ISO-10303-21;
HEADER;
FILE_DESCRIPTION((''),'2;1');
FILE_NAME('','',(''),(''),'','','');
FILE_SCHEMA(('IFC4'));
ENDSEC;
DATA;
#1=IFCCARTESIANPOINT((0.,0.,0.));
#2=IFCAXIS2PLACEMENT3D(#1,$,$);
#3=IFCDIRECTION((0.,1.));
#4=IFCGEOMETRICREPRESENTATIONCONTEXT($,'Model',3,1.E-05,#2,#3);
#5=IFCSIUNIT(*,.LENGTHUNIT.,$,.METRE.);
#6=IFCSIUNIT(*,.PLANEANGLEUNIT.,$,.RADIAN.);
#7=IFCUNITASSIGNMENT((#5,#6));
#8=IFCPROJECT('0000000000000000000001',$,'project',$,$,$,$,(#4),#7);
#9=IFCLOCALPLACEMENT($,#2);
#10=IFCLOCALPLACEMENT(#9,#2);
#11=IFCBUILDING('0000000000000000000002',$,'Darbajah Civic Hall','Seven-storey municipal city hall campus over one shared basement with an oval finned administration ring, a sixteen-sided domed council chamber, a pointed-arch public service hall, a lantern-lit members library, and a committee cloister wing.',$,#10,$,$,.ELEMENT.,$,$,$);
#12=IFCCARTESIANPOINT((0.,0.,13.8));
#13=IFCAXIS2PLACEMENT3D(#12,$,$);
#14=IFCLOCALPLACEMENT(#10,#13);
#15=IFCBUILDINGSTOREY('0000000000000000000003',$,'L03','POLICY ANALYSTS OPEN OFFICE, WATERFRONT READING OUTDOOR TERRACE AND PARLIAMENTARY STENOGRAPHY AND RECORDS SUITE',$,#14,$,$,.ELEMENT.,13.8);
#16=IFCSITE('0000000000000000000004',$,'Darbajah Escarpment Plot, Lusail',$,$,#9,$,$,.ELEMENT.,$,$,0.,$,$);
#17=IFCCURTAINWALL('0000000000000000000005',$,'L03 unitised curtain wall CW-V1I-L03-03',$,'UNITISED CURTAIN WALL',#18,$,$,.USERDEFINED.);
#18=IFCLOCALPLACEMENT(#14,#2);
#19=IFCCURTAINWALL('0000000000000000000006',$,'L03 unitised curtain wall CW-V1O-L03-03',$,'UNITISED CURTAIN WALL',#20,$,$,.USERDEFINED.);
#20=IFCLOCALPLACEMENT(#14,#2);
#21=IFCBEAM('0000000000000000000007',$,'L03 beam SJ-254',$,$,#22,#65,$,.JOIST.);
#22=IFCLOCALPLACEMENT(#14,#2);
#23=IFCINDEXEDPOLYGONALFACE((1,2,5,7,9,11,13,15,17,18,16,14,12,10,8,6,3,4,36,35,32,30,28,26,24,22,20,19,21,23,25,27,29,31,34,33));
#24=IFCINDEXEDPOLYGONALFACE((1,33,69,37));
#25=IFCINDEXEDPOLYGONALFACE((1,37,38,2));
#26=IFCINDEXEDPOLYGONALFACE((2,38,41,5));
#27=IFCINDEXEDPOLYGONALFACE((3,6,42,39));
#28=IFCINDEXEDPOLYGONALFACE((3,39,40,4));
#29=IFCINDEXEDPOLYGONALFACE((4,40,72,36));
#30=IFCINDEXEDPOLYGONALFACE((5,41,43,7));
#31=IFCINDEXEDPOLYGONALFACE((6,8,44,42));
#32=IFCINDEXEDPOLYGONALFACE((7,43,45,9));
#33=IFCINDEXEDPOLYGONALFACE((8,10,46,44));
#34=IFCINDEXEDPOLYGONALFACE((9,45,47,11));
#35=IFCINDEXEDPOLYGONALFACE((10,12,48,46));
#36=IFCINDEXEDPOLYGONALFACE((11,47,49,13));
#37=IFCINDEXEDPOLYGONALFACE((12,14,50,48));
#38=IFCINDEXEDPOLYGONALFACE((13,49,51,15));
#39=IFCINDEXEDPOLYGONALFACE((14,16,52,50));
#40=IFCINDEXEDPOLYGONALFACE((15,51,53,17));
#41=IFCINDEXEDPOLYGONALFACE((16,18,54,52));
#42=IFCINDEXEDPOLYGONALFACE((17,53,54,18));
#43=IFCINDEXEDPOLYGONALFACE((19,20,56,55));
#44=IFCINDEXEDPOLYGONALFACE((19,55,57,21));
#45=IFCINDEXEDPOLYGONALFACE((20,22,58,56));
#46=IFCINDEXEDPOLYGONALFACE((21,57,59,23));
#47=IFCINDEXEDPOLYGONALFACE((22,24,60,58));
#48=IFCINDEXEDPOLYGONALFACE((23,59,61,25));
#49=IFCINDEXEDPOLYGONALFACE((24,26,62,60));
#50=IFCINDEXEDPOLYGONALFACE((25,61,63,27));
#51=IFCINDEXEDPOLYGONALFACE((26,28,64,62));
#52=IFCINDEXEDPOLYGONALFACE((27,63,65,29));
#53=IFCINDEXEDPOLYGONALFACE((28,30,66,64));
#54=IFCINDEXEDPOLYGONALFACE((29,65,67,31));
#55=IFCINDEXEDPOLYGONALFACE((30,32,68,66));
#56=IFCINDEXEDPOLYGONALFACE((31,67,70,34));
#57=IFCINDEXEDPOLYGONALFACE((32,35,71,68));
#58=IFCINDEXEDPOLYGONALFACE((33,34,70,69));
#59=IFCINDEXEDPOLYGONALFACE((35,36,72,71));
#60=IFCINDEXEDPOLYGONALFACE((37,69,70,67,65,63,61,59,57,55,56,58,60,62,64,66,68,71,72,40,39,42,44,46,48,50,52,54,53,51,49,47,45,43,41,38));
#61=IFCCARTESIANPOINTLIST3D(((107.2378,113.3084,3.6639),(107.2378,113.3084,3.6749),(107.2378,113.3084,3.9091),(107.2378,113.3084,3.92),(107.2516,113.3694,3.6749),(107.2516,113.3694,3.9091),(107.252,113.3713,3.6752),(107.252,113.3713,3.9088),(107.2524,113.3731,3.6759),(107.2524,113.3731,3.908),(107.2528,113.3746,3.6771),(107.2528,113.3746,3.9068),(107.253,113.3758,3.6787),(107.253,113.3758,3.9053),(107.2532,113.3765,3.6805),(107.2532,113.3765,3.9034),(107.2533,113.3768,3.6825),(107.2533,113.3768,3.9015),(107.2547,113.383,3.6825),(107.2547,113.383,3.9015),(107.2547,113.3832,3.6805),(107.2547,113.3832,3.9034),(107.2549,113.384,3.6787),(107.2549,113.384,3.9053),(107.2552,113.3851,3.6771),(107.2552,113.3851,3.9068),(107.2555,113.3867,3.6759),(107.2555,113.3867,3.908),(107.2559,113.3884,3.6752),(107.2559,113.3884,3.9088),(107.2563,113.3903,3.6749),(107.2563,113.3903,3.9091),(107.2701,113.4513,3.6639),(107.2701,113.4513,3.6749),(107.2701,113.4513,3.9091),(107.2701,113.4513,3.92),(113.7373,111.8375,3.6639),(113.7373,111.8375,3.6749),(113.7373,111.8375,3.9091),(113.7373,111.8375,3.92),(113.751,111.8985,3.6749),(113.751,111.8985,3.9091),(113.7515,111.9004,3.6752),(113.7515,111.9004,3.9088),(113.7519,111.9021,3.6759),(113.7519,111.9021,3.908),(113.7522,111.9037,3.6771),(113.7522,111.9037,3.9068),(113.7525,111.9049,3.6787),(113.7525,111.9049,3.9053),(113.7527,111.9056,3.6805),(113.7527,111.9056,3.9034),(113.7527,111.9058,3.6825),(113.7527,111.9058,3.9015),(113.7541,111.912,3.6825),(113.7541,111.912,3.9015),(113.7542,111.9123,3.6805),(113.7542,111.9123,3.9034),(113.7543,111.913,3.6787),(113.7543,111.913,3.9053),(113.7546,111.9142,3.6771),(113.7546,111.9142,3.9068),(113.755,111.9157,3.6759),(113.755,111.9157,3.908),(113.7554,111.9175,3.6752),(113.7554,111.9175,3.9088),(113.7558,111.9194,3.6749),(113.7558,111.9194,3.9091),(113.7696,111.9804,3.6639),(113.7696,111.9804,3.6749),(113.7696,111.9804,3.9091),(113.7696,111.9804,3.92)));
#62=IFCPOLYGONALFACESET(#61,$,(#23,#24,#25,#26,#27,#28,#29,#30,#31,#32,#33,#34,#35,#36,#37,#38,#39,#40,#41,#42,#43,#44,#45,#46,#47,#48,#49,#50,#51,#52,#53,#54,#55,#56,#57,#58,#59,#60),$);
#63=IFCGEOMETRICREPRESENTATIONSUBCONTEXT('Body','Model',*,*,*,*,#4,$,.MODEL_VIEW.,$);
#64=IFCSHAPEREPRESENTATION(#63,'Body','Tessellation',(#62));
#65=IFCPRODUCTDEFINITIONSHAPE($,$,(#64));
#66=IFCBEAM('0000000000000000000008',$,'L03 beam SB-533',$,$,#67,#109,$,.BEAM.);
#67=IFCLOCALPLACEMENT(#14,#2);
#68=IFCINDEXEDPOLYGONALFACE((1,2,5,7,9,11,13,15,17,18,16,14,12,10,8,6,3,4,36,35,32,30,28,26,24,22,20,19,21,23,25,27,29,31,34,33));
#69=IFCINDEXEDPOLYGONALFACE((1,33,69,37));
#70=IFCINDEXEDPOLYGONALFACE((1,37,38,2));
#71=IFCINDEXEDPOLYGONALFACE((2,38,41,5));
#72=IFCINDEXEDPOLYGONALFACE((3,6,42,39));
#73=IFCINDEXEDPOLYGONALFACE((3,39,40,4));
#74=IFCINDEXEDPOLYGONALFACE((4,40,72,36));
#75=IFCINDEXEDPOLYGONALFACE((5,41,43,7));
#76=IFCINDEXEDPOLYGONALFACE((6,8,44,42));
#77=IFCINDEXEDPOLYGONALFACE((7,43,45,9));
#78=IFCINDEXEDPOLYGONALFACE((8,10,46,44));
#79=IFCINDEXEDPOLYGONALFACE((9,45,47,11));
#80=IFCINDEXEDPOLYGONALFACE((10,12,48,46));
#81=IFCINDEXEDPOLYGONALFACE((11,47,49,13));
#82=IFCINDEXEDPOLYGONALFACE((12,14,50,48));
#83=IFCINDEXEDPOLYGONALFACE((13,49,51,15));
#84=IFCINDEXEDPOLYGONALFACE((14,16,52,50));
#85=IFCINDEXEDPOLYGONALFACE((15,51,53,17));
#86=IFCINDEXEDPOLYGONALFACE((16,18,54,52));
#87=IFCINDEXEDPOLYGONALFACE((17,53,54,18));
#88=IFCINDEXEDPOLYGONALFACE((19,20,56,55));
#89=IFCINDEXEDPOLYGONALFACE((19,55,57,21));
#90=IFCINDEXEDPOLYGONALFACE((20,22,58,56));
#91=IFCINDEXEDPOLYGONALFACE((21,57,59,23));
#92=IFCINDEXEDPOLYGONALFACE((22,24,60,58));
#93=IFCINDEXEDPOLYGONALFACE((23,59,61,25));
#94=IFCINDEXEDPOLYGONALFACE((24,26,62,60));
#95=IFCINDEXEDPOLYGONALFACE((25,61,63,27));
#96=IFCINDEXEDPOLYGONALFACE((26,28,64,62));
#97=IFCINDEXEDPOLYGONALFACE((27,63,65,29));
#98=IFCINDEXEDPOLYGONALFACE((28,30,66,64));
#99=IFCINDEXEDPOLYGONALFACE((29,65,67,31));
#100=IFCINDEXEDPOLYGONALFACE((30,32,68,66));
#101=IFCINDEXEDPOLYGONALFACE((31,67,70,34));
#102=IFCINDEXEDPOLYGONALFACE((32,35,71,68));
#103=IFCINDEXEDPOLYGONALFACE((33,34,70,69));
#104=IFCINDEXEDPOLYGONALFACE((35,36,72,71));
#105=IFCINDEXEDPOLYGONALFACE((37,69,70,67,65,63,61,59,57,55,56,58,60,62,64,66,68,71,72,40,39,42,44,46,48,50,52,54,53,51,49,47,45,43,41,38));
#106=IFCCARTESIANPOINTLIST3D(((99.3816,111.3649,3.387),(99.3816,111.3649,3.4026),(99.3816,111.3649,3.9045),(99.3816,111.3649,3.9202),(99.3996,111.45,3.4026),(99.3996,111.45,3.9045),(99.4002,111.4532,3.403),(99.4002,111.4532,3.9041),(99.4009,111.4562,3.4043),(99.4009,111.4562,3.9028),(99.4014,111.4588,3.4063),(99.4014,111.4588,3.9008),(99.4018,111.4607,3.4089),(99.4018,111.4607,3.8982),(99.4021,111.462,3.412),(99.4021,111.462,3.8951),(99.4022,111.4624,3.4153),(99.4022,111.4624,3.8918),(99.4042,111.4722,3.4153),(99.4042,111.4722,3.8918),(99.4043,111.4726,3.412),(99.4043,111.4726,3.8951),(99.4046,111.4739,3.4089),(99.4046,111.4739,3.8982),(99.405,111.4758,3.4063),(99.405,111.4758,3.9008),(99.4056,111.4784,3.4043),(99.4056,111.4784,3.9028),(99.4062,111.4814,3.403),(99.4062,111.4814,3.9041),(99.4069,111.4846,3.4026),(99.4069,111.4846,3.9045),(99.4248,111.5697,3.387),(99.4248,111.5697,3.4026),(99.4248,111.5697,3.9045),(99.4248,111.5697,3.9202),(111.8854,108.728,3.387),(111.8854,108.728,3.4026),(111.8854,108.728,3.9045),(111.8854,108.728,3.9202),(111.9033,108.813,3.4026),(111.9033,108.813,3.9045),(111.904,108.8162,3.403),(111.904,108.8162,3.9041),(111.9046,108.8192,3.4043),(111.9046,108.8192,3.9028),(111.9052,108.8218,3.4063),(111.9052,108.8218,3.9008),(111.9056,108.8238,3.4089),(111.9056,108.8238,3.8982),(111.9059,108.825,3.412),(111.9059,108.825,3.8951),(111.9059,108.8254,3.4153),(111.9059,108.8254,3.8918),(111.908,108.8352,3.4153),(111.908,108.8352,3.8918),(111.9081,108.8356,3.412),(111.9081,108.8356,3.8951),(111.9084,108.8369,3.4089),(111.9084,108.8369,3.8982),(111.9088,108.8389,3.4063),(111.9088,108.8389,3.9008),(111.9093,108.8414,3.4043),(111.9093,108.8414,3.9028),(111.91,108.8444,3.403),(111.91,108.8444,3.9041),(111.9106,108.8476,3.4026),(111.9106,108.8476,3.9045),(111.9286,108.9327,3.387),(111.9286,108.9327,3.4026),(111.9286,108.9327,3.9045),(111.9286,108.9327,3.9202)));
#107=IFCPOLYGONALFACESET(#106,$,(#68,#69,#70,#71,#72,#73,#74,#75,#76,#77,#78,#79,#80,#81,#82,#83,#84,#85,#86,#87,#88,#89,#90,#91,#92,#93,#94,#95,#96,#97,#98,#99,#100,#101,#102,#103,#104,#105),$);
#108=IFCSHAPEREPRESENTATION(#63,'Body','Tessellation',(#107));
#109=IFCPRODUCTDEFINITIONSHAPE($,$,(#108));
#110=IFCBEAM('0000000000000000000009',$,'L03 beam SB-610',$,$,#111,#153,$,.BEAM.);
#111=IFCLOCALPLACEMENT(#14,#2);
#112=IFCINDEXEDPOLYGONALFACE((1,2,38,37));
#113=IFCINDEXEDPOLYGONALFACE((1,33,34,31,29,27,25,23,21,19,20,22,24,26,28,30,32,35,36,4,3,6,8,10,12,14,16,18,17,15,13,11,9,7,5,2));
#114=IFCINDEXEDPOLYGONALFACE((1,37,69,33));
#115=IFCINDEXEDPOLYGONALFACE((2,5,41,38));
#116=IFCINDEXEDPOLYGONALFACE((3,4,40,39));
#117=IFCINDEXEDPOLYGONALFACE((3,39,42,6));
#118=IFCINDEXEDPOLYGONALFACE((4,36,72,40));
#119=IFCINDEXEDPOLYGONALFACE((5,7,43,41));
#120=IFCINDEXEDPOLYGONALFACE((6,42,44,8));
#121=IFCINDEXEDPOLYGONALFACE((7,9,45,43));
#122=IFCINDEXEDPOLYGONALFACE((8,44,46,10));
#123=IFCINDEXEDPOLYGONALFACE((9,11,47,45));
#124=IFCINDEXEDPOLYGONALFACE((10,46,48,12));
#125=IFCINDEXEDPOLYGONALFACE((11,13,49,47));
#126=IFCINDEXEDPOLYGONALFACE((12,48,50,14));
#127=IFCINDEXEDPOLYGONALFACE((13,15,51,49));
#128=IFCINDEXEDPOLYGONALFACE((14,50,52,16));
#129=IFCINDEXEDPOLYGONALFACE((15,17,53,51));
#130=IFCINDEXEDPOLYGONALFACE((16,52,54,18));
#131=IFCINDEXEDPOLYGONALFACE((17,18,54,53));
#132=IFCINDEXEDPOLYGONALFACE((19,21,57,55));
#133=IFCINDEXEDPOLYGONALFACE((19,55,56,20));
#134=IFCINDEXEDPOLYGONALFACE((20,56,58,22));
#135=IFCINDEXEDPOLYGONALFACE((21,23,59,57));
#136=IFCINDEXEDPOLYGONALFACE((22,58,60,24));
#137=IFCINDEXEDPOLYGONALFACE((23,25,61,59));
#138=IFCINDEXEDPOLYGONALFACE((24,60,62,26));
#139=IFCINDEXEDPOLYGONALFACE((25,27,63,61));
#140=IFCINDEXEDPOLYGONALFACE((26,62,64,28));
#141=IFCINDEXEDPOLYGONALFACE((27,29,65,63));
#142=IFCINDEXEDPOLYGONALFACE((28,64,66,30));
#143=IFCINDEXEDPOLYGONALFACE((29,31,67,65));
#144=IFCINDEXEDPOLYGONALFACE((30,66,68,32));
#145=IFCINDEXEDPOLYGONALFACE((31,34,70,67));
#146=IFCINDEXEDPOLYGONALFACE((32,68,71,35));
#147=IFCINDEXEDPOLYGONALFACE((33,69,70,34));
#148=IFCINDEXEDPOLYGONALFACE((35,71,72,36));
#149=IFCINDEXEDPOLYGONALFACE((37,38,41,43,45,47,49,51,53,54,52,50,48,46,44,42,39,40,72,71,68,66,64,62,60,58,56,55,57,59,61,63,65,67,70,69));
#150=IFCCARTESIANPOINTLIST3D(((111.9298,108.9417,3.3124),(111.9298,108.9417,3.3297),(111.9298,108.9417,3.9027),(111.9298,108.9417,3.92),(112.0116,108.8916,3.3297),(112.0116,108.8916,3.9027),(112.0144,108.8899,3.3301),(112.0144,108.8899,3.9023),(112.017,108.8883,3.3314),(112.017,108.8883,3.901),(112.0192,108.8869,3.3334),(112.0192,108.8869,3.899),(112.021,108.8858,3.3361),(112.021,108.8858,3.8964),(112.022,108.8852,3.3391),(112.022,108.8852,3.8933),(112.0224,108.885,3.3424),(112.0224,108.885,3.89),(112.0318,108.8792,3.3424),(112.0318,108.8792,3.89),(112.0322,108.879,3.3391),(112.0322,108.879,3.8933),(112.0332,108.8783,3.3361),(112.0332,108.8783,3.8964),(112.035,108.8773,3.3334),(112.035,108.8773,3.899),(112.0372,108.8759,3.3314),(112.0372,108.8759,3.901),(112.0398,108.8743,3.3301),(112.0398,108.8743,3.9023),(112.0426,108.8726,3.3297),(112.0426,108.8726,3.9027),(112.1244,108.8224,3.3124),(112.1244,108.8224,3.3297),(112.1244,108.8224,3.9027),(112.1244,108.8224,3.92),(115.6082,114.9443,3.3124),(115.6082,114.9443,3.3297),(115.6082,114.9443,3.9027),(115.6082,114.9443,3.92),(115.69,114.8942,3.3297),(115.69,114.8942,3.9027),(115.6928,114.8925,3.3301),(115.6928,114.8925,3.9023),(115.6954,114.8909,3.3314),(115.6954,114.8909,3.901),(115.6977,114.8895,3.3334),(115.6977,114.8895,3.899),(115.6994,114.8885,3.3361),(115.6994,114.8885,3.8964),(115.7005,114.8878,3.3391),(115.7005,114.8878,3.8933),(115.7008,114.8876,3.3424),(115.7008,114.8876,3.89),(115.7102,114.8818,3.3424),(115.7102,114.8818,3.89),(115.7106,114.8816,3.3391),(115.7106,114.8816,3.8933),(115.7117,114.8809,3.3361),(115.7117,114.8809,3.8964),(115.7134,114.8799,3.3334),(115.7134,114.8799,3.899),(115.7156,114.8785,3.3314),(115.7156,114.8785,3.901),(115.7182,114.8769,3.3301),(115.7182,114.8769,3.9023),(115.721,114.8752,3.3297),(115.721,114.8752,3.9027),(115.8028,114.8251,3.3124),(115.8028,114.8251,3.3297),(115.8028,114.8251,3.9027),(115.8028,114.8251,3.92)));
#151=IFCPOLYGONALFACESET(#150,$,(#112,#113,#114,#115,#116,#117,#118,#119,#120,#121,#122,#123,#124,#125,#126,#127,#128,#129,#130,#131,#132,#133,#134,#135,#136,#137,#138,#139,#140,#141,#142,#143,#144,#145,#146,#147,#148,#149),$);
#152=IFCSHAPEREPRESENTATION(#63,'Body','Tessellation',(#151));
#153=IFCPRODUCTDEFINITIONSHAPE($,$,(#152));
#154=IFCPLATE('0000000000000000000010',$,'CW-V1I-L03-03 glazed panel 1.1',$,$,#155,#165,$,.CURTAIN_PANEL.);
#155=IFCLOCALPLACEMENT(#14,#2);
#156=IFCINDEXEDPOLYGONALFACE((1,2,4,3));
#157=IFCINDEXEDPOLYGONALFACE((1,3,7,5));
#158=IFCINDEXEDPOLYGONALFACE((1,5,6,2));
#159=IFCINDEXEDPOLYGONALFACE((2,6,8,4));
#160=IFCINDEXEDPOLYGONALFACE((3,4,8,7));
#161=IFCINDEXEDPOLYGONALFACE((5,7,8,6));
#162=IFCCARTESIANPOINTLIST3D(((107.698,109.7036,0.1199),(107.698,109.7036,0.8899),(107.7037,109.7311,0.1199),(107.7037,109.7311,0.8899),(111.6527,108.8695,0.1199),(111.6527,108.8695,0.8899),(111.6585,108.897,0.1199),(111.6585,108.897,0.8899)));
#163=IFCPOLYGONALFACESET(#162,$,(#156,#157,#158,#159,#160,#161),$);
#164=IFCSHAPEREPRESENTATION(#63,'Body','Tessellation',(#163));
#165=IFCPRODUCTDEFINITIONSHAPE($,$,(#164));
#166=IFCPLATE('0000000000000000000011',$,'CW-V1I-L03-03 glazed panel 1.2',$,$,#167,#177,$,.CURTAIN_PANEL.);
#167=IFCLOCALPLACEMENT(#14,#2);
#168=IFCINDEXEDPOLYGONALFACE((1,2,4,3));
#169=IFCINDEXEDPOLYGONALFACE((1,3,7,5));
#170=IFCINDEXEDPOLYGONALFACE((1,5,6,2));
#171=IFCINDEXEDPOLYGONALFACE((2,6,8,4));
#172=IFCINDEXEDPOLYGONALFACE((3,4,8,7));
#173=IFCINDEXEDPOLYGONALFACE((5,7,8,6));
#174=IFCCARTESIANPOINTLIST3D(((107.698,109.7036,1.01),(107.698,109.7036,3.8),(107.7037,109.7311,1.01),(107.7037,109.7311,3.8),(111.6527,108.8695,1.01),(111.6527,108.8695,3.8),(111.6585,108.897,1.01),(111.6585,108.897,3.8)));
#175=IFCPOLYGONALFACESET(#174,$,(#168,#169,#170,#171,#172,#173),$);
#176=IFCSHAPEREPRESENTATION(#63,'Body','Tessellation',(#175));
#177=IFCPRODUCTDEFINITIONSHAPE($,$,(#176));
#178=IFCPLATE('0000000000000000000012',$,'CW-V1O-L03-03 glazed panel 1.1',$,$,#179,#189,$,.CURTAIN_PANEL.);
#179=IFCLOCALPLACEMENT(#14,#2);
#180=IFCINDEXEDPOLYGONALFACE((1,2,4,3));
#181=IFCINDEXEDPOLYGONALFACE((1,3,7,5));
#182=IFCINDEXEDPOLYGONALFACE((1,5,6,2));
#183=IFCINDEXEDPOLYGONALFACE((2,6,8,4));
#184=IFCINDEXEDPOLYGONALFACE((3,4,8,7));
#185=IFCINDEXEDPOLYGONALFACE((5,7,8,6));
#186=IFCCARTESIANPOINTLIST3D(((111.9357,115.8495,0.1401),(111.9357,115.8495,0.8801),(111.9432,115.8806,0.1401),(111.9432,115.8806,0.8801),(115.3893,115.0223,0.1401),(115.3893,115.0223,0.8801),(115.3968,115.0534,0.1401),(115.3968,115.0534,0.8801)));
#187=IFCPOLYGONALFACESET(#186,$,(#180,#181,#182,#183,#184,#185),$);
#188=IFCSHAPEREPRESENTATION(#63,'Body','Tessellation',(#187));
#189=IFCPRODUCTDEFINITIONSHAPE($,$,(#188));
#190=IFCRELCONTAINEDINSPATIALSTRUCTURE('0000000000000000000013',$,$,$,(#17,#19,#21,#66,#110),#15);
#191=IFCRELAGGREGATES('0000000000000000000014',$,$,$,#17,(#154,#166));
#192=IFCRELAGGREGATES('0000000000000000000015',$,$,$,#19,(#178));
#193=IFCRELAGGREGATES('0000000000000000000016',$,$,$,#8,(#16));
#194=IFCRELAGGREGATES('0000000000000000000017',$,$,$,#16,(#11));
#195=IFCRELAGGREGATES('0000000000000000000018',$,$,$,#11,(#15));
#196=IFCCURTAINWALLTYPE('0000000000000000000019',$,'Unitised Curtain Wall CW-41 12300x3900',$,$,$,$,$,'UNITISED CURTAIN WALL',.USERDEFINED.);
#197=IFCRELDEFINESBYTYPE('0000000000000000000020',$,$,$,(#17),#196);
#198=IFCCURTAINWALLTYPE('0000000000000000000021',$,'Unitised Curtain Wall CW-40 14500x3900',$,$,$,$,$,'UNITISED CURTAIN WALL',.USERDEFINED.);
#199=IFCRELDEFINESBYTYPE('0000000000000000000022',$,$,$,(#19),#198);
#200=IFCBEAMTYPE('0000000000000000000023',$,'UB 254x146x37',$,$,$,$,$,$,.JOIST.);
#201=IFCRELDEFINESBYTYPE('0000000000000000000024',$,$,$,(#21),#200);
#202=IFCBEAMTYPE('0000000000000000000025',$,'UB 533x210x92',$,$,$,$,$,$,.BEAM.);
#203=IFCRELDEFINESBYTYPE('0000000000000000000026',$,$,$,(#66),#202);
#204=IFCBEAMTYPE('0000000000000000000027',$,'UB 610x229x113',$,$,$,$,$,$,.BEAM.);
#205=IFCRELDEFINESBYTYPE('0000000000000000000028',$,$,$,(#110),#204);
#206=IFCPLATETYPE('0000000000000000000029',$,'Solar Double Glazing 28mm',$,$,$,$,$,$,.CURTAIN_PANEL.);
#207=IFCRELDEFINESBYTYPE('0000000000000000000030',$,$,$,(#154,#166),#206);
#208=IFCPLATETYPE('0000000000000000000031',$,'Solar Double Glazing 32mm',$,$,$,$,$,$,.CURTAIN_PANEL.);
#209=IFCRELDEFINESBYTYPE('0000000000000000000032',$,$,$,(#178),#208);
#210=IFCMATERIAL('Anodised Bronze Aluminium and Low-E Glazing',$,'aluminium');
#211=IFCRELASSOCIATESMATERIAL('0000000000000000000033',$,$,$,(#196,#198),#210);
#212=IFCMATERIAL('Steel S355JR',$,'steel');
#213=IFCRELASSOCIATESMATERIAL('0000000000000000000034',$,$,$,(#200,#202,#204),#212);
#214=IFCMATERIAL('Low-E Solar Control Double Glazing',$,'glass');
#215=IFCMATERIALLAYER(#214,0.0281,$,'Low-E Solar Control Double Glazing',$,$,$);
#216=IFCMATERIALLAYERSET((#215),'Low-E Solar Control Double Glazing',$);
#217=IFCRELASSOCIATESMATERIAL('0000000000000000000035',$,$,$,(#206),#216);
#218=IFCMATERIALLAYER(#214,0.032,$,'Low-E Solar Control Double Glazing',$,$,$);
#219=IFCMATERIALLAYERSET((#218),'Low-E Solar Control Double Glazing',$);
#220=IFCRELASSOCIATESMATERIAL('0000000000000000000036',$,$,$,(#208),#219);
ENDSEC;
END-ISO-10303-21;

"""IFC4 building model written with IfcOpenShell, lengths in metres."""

from ifc_helpers import new_model, si_unit, direction, frame, origin, origin_2d, place, context, subcontext, project, spatial, rectangle, i_section, extrude, material, layer, layer_set, material_profile, profile_set, type_object, element, aggregate, save


model = new_model("IFC4")

# Units and contexts
model_context = context("Model", 3, precision=1e-05, world=origin(), true_north=direction((0.0, 1.0)))
body_context = subcontext(model_context, "Body", "Model", "MODEL_VIEW")
ifc_project = project(units=[si_unit("LENGTHUNIT", "METRE"), si_unit("PLANEANGLEUNIT", "RADIAN")], contexts=[model_context])

# Site, building, storey
site_placement = place(None, origin())
site = spatial("IfcSite", under=ifc_project, at=site_placement, Name="Darbajah Escarpment Plot, Lusail", CompositionType="ELEMENT", RefElevation=0.0)
building_placement = place(site_placement, origin())
building = spatial("IfcBuilding", under=site, at=building_placement, Name="Darbajah Civic Hall", Description="Seven-storey municipal city hall campus over one shared basement with an oval finned administration ring, a sixteen-sided domed council chamber, a pointed-arch public service hall, a lantern-lit members library, and a committee cloister wing.", CompositionType="ELEMENT")
storey_placement = place(building_placement, frame((0.0, 0.0, 13.8)))
storey = spatial("IfcBuildingStorey", under=building, at=storey_placement, Name="L03", Description="POLICY ANALYSTS OPEN OFFICE, WATERFRONT READING OUTDOOR TERRACE AND PARLIAMENTARY STENOGRAPHY AND RECORDS SUITE", CompositionType="ELEMENT", Elevation=13.8)

# Curtain walls
ifc_material_1 = material(Name="Anodised Bronze Aluminium and Low-E Glazing", Category="aluminium")
curtain_wall_type_1 = type_object("IfcCurtainWallType", Name="Unitised Curtain Wall CW-41 12300x3900", ElementType="UNITISED CURTAIN WALL", PredefinedType="USERDEFINED", material=ifc_material_1)
curtain_wall_1_placement = place(storey_placement, origin())
curtain_wall_1 = element("IfcCurtainWall", 1, at=curtain_wall_1_placement, inside=storey, type_object=curtain_wall_type_1, Name="L03 unitised curtain wall CW-V1I-L03-03", ObjectType="UNITISED CURTAIN WALL", PredefinedType="USERDEFINED")
curtain_wall_type_2 = type_object("IfcCurtainWallType", Name="Unitised Curtain Wall CW-40 14500x3900", ElementType="UNITISED CURTAIN WALL", PredefinedType="USERDEFINED", material=ifc_material_1)
curtain_wall_2_placement = place(storey_placement, origin())
curtain_wall_2 = element("IfcCurtainWall", 2, at=curtain_wall_2_placement, inside=storey, type_object=curtain_wall_type_2, Name="L03 unitised curtain wall CW-V1O-L03-03", ObjectType="UNITISED CURTAIN WALL", PredefinedType="USERDEFINED")

# Beams
ifc_material_2 = material(Name="Steel S355JR", Category="steel")
ifc_material_profile_1 = material_profile(ifc_material_2, i_section(OverallWidth=0.1465, OverallDepth=0.2561, WebThickness=0.0063, FlangeThickness=0.011, FilletRadius=0.0076, at=origin_2d()), Name="UB 254x146x37")
ifc_profile_set_1 = profile_set([ifc_material_profile_1], Name="Steel S355JR")
beam_type_1 = type_object("IfcBeamType", Name="UB 254x146x37", PredefinedType="JOIST", material=ifc_profile_set_1)
beam_1_placement = place(storey_placement, frame((113.7534, 111.9089, 3.792), z_axis=(-0.975334, 0.220734, 0.0), x_axis=(-0.220734, -0.975334, 0.0)))
element("IfcBeam", 3, at=beam_1_placement, inside=storey, type_object=beam_type_1, Name="L03 beam SJ-254", PredefinedType="JOIST", context=body_context, shape_type="SweptSolid", body=[
    extrude(i_section(OverallWidth=0.1465, OverallDepth=0.2561, WebThickness=0.0063, FlangeThickness=0.011, FilletRadius=0.0076, at=origin_2d()), origin(), (0.0, 0.0, 1.0), 6.6638),
])
ifc_material_profile_2 = material_profile(ifc_material_2, i_section(OverallWidth=0.2092, OverallDepth=0.5332, WebThickness=0.01, FlangeThickness=0.0156, FilletRadius=0.0127, at=origin_2d()), Name="UB 533x210x92")
ifc_profile_set_2 = profile_set([ifc_material_profile_2], Name="Steel S355JR")
beam_type_2 = type_object("IfcBeamType", Name="UB 533x210x92", PredefinedType="BEAM", material=ifc_profile_set_2)
beam_2_placement = place(storey_placement, frame((111.907, 108.8303, 3.6536), z_axis=(-0.978477, 0.206356, 0.0), x_axis=(-0.206356, -0.978477, 0.0)))
element("IfcBeam", 4, at=beam_2_placement, inside=storey, type_object=beam_type_2, Name="L03 beam SB-533", PredefinedType="BEAM", context=body_context, shape_type="SweptSolid", body=[
    extrude(i_section(OverallWidth=0.2092, OverallDepth=0.5332, WebThickness=0.01, FlangeThickness=0.0156, FilletRadius=0.0127, at=origin_2d()), origin(), (0.0, 0.0, 1.0), 12.7788),
])
ifc_material_profile_3 = material_profile(ifc_material_2, i_section(OverallWidth=0.2283, OverallDepth=0.6077, WebThickness=0.011, FlangeThickness=0.0173, FilletRadius=0.0127, at=origin_2d()), Name="UB 610x229x113")
ifc_profile_set_3 = profile_set([ifc_material_profile_3], Name="Steel S355JR")
beam_type_3 = type_object("IfcBeamType", Name="UB 610x229x113", PredefinedType="BEAM", material=ifc_profile_set_3)
beam_3_placement = place(storey_placement, frame((112.0271, 108.8821, 3.6162), z_axis=(0.5225, 0.852639, 0.0), x_axis=(-0.852639, 0.5225, 0.0)))
element("IfcBeam", 5, at=beam_3_placement, inside=storey, type_object=beam_type_3, Name="L03 beam SB-610", PredefinedType="BEAM", context=body_context, shape_type="SweptSolid", body=[
    extrude(i_section(OverallWidth=0.2283, OverallDepth=0.6077, WebThickness=0.011, FlangeThickness=0.0173, FilletRadius=0.0127, at=origin_2d()), origin(), (0.0, 0.0, 1.0), 7.04),
])

# Plates
ifc_material_3 = material(Name="Low-E Solar Control Double Glazing", Category="glass")
ifc_layer_1 = layer(ifc_material_3, 0.0281, Name="Low-E Solar Control Double Glazing")
ifc_layer_set_1 = layer_set([ifc_layer_1], Name="Low-E Solar Control Double Glazing")
plate_type_1 = type_object("IfcPlateType", Name="Solar Double Glazing 28mm", PredefinedType="CURTAIN_PANEL", material=ifc_layer_set_1)
plate_1_placement = place(storey_placement, frame((109.6782, 109.3003, 0.1199), z_axis=(0.0, 0.0, 1.0), x_axis=(-0.978473, 0.206375, 0.0)))
plate_1 = element("IfcPlate", 6, at=plate_1_placement, type_object=plate_type_1, Name="CW-V1I-L03-03 glazed panel 1.1", PredefinedType="CURTAIN_PANEL", context=body_context, shape_type="SweptSolid", body=[
    extrude(rectangle(XDim=4.0417, YDim=0.0281, at=origin_2d()), origin(), (0.0, 0.0, 1.0), 0.77),
])
plate_2_placement = place(storey_placement, frame((109.6782, 109.3003, 1.01), z_axis=(0.0, 0.0, 1.0), x_axis=(-0.978473, 0.206375, 0.0)))
plate_2 = element("IfcPlate", 7, at=plate_2_placement, type_object=plate_type_1, Name="CW-V1I-L03-03 glazed panel 1.2", PredefinedType="CURTAIN_PANEL", context=body_context, shape_type="SweptSolid", body=[
    extrude(rectangle(XDim=4.0417, YDim=0.0281, at=origin_2d()), origin(), (0.0, 0.0, 1.0), 2.79),
])
aggregate(curtain_wall_1, [plate_1, plate_2])
ifc_layer_2 = layer(ifc_material_3, 0.032, Name="Low-E Solar Control Double Glazing")
ifc_layer_set_2 = layer_set([ifc_layer_2], Name="Low-E Solar Control Double Glazing")
plate_type_2 = type_object("IfcPlateType", Name="Solar Double Glazing 32mm", PredefinedType="CURTAIN_PANEL", material=ifc_layer_set_2)
plate_3_placement = place(storey_placement, frame((113.6663, 115.4514, 0.1401), z_axis=(0.0, 0.0, 1.0), x_axis=(-0.972492, 0.232936, 0.0)))
plate_3 = element("IfcPlate", 8, at=plate_3_placement, type_object=plate_type_2, Name="CW-V1O-L03-03 glazed panel 1.1", PredefinedType="CURTAIN_PANEL", context=body_context, shape_type="SweptSolid", body=[
    extrude(rectangle(XDim=3.5513, YDim=0.032, at=origin_2d()), origin(), (0.0, 0.0, 1.0), 0.74),
])
aggregate(curtain_wall_2, [plate_3])

save(model, "model.ifc")
